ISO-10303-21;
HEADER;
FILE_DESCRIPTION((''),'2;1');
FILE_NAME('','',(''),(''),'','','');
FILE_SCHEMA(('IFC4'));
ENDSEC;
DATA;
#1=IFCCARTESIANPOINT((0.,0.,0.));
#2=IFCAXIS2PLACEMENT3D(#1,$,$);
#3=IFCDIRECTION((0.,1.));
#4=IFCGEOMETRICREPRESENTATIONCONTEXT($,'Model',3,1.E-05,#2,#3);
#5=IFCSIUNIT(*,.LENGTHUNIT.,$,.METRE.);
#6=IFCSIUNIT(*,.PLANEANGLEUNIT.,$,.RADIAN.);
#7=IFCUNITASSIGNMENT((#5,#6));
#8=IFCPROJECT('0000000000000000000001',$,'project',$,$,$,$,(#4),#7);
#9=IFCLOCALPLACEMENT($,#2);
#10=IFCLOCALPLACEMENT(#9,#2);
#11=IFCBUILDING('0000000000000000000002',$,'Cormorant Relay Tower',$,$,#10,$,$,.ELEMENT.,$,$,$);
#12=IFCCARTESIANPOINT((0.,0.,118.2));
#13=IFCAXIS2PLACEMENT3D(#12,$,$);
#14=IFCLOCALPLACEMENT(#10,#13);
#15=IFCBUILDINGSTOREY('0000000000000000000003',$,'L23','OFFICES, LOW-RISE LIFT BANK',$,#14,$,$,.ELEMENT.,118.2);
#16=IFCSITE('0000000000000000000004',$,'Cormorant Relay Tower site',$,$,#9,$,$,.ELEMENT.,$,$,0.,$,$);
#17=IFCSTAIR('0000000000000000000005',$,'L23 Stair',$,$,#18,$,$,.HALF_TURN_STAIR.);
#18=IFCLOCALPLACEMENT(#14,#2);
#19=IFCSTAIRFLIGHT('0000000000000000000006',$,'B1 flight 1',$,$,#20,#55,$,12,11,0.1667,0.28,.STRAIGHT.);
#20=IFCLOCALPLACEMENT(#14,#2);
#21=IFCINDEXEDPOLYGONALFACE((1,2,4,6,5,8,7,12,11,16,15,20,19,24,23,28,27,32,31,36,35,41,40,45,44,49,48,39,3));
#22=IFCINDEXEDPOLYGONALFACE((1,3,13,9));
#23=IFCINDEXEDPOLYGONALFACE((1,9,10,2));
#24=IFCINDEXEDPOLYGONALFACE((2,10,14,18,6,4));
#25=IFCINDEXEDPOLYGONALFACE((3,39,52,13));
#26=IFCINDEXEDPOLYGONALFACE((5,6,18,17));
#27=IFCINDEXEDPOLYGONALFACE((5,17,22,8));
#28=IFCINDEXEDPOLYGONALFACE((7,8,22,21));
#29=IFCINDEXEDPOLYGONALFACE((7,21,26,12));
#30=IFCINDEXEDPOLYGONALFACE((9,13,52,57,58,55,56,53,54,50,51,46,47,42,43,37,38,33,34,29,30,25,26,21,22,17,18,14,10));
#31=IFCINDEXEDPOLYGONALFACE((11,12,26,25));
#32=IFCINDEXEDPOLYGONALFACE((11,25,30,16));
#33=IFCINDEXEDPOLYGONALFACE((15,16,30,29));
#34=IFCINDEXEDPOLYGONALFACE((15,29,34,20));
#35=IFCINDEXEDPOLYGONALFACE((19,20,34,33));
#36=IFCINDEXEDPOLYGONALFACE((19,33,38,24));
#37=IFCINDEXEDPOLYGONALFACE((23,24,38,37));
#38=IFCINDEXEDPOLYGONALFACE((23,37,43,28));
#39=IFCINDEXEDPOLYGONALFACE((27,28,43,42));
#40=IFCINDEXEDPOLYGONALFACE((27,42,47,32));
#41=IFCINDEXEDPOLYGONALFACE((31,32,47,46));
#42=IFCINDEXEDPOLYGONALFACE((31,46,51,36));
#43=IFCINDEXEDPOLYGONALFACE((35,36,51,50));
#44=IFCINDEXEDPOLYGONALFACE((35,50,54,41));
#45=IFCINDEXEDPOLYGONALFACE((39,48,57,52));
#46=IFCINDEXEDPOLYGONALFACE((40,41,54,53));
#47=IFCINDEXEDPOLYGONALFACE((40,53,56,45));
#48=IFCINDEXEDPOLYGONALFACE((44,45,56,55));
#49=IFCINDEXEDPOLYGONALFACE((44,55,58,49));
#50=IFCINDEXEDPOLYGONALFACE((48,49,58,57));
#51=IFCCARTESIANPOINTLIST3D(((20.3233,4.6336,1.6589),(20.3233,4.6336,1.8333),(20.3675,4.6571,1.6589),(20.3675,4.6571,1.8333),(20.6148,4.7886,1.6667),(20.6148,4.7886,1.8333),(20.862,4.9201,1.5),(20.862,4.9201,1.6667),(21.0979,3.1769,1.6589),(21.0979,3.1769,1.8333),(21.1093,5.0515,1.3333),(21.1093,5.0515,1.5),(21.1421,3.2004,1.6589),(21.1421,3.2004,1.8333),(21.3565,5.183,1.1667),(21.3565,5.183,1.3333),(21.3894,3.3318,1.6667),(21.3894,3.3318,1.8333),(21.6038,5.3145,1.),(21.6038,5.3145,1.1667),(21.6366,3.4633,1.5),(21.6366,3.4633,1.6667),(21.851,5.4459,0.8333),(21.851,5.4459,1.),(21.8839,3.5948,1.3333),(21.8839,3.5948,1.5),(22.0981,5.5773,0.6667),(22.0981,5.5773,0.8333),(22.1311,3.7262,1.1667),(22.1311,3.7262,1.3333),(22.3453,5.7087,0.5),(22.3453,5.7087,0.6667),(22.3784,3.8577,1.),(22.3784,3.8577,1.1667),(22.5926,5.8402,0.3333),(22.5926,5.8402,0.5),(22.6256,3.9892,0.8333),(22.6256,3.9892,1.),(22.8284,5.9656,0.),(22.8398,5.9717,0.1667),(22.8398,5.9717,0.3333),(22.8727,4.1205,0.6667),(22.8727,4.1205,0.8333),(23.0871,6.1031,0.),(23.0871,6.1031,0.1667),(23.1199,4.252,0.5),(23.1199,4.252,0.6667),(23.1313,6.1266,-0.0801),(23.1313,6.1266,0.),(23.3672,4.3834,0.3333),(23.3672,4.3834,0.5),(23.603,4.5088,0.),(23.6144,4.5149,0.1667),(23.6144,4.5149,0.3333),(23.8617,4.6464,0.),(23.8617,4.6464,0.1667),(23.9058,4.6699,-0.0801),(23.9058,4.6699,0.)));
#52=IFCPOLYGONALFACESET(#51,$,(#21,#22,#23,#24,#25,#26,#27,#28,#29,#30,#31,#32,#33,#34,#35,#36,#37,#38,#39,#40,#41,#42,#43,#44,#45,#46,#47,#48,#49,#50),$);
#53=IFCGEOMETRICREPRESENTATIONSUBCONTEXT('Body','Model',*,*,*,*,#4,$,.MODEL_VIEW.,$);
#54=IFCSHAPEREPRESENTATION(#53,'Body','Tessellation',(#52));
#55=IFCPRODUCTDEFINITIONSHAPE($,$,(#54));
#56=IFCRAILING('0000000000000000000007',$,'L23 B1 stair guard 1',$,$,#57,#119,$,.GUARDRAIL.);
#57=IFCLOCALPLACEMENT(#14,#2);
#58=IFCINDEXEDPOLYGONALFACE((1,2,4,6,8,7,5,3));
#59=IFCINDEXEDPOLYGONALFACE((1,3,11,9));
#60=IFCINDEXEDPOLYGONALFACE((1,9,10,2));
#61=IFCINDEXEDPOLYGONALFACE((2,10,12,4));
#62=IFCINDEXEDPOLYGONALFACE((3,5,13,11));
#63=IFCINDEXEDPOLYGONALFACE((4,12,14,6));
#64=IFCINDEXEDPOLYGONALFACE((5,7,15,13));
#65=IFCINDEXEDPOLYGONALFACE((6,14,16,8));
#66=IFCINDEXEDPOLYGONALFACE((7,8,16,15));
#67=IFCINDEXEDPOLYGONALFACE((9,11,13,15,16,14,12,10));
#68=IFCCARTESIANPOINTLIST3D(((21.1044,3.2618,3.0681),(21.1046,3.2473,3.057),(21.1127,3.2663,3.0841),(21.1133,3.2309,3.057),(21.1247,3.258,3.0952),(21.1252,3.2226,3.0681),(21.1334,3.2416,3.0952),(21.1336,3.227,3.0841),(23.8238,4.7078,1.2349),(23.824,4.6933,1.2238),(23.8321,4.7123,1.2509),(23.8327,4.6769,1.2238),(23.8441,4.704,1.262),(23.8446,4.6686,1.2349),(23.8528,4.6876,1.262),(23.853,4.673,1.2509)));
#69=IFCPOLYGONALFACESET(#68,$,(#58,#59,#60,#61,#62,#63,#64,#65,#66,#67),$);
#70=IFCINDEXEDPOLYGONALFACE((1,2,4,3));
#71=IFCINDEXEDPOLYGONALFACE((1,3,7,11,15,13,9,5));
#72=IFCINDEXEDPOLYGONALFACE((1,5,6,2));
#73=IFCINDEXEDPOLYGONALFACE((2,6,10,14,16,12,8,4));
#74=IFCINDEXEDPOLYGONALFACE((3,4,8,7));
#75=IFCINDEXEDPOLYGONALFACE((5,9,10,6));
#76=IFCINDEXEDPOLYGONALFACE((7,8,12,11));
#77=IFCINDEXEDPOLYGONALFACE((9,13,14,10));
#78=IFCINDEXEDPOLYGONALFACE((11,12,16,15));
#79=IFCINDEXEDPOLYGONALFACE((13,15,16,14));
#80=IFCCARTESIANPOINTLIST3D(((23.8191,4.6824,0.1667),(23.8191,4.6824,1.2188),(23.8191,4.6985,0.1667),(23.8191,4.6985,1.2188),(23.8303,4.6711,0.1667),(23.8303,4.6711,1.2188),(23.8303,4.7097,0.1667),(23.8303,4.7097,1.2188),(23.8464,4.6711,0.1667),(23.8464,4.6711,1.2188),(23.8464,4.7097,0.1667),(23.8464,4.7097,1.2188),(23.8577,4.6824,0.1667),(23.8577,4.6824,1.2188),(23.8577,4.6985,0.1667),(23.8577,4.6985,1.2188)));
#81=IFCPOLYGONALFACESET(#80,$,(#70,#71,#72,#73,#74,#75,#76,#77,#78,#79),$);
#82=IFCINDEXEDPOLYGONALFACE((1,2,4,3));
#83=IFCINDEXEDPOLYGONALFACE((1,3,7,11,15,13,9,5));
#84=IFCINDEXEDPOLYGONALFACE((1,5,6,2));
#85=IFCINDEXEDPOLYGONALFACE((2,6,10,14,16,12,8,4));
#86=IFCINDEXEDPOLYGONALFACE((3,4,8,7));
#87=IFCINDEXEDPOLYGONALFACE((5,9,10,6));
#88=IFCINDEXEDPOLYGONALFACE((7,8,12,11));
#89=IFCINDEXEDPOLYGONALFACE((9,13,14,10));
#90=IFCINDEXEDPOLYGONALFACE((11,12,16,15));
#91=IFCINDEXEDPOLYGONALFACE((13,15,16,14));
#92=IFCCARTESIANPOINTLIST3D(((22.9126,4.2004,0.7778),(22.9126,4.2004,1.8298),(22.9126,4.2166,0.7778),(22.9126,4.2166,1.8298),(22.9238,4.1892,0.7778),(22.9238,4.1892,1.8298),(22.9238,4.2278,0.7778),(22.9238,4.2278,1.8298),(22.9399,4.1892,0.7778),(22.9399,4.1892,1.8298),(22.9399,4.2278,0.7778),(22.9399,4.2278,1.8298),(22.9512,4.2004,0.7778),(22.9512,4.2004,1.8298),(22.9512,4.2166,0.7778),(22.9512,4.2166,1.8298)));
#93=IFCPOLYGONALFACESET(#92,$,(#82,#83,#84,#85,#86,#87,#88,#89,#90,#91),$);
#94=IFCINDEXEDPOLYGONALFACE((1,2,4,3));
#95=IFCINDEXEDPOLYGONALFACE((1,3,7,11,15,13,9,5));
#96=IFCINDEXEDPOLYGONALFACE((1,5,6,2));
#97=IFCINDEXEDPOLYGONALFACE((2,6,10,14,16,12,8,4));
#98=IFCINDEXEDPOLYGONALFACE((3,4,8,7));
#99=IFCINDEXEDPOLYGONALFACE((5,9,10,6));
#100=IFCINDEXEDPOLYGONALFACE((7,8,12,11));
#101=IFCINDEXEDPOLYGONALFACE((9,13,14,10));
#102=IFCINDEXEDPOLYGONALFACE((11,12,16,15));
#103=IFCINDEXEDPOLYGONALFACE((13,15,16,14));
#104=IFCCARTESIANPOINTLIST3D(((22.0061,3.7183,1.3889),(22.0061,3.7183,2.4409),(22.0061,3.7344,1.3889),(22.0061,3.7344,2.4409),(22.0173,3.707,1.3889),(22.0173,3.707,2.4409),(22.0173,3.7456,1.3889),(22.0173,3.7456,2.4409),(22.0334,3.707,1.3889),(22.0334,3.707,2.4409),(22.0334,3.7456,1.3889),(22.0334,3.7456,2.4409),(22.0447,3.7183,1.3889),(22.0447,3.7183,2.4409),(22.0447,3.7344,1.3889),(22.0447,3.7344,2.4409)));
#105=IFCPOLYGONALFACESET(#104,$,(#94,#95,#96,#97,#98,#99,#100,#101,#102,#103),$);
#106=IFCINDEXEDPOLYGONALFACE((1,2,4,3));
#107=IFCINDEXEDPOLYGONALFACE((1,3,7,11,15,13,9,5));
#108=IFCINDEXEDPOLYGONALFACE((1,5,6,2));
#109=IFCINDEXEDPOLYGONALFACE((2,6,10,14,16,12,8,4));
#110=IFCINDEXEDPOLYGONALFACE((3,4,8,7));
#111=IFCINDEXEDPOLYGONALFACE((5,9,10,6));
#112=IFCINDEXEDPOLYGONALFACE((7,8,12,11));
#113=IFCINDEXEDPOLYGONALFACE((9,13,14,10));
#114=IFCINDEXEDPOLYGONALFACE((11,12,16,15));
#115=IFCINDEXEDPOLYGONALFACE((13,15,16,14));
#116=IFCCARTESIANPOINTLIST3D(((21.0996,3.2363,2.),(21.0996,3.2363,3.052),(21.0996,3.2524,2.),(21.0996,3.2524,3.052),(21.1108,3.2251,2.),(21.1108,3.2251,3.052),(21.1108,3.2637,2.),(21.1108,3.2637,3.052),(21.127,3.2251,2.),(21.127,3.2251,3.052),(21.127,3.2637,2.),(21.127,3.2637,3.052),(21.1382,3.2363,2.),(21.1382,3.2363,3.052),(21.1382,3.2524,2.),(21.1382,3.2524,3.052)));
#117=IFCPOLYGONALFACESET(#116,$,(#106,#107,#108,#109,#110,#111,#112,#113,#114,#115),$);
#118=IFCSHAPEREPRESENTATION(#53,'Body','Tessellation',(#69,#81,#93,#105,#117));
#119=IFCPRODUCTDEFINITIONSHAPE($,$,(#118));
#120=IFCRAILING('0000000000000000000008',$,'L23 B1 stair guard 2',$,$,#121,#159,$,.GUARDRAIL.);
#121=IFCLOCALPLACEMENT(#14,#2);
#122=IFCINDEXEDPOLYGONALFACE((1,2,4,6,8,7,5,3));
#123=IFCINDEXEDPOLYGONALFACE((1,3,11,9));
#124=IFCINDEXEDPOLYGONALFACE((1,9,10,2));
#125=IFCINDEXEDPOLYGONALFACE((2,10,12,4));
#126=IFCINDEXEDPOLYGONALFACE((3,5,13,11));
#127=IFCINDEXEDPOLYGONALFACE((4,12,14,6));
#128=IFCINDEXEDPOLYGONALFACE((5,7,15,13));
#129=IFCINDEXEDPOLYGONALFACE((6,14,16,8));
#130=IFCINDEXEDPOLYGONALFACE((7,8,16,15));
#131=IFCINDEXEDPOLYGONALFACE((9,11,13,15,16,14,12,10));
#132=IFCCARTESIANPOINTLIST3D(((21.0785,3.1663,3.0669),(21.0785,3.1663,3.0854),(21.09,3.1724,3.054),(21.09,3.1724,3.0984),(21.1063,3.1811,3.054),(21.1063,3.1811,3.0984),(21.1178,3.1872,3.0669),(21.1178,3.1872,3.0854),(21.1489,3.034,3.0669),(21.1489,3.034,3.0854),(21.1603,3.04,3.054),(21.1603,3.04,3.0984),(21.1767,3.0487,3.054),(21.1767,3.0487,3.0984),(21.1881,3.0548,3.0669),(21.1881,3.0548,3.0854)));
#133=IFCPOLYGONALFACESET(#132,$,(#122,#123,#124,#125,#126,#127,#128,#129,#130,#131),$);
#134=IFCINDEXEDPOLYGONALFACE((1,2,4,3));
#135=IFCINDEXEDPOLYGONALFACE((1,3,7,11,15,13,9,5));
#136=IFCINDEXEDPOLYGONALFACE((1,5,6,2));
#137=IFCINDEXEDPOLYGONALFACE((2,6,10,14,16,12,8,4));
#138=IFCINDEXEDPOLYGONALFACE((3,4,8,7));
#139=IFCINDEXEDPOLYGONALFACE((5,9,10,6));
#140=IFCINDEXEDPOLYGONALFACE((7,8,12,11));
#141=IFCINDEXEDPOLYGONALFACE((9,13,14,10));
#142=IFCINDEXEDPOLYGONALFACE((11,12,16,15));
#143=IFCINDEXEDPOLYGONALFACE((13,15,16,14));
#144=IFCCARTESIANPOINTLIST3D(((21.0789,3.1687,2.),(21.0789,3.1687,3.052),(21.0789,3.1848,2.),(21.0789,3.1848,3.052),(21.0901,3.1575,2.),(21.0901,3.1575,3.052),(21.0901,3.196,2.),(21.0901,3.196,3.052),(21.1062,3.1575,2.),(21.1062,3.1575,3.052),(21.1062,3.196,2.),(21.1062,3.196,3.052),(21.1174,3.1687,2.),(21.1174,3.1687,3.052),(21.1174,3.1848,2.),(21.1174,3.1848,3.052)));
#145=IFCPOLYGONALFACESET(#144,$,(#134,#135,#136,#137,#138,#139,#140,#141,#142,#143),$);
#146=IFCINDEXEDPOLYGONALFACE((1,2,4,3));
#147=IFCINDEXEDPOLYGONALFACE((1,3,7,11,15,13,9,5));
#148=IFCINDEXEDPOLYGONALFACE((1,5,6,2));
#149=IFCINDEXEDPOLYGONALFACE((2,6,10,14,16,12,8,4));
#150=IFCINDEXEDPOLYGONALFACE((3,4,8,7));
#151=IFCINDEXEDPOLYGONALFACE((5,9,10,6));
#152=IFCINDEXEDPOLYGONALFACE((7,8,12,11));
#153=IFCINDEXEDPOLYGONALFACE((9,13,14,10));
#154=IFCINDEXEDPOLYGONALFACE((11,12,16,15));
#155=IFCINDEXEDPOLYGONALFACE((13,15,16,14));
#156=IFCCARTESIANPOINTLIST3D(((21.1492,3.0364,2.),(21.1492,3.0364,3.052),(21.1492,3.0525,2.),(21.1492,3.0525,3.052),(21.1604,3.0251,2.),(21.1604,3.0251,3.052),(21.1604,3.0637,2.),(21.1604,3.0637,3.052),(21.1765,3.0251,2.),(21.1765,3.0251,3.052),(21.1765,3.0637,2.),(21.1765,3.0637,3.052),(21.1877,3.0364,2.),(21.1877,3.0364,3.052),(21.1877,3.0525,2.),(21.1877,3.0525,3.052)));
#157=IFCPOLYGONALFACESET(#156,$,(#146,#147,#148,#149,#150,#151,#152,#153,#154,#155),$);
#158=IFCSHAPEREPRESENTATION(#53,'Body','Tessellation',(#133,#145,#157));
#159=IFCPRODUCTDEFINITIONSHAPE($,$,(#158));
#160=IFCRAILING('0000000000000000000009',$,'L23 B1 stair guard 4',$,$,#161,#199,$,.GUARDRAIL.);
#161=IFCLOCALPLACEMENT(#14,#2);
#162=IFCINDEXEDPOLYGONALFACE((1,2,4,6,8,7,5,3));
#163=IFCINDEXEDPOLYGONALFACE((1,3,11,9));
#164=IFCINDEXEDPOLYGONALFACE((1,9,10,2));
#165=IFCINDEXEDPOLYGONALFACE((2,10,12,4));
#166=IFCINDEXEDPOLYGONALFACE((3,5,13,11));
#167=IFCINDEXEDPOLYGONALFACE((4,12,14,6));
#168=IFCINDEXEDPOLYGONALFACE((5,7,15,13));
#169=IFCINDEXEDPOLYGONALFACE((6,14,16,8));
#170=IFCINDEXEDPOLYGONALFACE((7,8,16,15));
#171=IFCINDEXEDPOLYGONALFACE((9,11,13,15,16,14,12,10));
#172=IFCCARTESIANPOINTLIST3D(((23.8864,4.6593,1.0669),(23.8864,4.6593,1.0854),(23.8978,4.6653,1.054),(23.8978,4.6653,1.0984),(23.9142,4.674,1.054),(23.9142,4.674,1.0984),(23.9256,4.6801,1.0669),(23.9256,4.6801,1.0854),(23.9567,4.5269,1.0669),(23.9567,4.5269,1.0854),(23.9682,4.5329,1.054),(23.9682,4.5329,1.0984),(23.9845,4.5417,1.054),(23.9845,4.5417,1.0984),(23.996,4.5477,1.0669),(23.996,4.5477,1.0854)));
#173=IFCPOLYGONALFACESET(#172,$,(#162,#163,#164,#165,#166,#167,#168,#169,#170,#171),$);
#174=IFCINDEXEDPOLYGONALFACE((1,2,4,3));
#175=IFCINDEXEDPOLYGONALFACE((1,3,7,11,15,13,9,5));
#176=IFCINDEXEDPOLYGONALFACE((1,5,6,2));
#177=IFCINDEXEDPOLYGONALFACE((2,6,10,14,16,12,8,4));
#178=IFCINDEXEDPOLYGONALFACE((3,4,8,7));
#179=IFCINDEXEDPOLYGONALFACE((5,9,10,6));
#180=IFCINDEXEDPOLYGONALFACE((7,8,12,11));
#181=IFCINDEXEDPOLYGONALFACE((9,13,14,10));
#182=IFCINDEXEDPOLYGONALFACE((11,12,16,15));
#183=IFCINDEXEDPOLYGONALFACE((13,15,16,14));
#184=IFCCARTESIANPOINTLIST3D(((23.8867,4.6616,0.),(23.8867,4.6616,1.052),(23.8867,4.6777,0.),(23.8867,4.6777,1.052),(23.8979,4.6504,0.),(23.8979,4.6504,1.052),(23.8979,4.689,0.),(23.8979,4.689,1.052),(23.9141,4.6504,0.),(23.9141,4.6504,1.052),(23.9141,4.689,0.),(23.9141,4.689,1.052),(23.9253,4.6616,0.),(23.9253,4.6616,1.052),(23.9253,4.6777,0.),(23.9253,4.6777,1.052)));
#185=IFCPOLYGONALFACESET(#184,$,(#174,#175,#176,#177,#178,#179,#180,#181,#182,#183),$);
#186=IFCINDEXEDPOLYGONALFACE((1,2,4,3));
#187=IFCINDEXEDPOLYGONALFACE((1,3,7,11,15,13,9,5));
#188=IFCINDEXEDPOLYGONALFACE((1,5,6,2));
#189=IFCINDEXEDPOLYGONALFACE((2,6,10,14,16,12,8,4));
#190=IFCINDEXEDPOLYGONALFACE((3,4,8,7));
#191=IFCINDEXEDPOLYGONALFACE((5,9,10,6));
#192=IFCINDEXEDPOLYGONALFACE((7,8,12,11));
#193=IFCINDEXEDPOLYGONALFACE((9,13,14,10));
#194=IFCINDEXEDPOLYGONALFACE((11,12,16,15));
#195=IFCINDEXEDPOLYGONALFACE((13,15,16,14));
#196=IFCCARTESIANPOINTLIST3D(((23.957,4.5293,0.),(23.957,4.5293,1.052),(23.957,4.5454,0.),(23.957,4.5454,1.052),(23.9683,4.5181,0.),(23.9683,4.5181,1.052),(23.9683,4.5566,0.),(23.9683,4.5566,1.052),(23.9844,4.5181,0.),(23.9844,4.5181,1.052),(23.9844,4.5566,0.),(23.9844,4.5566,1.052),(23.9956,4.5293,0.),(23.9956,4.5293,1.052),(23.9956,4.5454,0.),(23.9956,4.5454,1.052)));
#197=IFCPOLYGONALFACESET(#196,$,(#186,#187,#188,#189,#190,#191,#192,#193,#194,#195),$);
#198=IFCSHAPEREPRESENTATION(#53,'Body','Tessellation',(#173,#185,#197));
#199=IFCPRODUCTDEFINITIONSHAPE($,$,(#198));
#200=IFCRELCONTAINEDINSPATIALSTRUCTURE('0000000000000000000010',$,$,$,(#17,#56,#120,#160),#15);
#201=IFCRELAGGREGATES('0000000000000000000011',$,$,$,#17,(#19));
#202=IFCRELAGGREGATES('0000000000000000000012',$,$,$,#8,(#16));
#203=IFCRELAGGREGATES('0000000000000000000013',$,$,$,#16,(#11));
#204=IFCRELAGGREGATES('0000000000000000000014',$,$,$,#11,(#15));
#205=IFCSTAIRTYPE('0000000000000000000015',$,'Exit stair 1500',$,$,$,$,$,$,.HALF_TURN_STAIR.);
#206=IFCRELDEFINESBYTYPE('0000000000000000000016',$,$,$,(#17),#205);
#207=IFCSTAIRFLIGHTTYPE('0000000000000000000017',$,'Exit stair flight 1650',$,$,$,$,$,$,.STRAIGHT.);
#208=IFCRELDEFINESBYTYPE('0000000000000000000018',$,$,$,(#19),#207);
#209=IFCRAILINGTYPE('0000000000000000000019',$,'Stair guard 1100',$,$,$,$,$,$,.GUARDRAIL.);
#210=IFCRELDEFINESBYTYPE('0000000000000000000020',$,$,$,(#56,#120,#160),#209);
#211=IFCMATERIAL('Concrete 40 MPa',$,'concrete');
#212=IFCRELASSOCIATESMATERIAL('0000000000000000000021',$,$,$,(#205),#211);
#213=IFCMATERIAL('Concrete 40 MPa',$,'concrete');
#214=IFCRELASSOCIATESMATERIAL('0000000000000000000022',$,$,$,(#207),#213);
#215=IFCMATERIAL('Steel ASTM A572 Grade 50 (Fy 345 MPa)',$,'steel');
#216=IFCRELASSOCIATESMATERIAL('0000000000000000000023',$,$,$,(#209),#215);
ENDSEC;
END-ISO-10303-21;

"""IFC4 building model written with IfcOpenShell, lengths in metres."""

from ifc_helpers import new_model, si_unit, direction, frame, origin, place, context, subcontext, project, spatial, polyline, outline, extrude, material, type_object, element, aggregate, save


model = new_model("IFC4")

# Units and contexts
model_context = context("Model", 3, precision=1e-05, world=origin(), true_north=direction((0.0, 1.0)))
body_context = subcontext(model_context, "Body", "Model", "MODEL_VIEW")
ifc_project = project(units=[si_unit("LENGTHUNIT", "METRE"), si_unit("PLANEANGLEUNIT", "RADIAN")], contexts=[model_context])

# Site, building, storey
site_placement = place(None, origin())
site = spatial("IfcSite", under=ifc_project, at=site_placement, Name="Cormorant Relay Tower site", CompositionType="ELEMENT", RefElevation=0.0)
building_placement = place(site_placement, origin())
building = spatial("IfcBuilding", under=site, at=building_placement, Name="Cormorant Relay Tower", CompositionType="ELEMENT")
storey_placement = place(building_placement, frame((0.0, 0.0, 118.2)))
storey = spatial("IfcBuildingStorey", under=building, at=storey_placement, Name="L23", Description="OFFICES, LOW-RISE LIFT BANK", CompositionType="ELEMENT", Elevation=118.2)

# Stair, stair flight
ifc_material_1 = material(Name="Concrete 40 MPa", Category="concrete")
stair_type = type_object("IfcStairType", Name="Exit stair 1500", PredefinedType="HALF_TURN_STAIR", material=ifc_material_1)
stair_placement = place(storey_placement, origin())
stair = element("IfcStair", 1, at=stair_placement, inside=storey, type_object=stair_type, Name="L23 Stair", PredefinedType="HALF_TURN_STAIR")
ifc_material_2 = material(Name="Concrete 40 MPa", Category="concrete")
stair_flight_type = type_object("IfcStairFlightType", Name="Exit stair flight 1650", PredefinedType="STRAIGHT", material=ifc_material_2)
stair_flight_placement = place(storey_placement, frame((23.4744, 5.3748, 0.0), z_axis=(0.0, 0.0, 1.0), x_axis=(-0.882948, -0.469472, 0.0)))
stair_flight = element("IfcStairFlight", 2, at=stair_flight_placement, type_object=stair_flight_type, Name="B1 flight 1", NumberOfRisers=12, NumberOfTreads=11, PredefinedType="STRAIGHT", RiserHeight=0.1667, TreadLength=0.28, context=body_context, shape_type="SweptSolid", body=[
    extrude(outline(polyline([(-0.05, -0.0801), (-0.05, 0.0), (0.0, 0.0), (0.0, 0.1667), (0.28, 0.1667), (0.28, 0.3333), (0.5601, 0.3333), (0.5601, 0.5), (0.8401, 0.5), (0.8401, 0.6667), (1.1201, 0.6667), (1.1201, 0.8333), (1.3999, 0.8333), (1.3999, 1.0), (1.6799, 1.0), (1.6799, 1.1667), (1.96, 1.1667), (1.96, 1.3333), (2.24, 1.3333), (2.24, 1.5), (2.52, 1.5), (2.52, 1.6667), (2.8, 1.6667), (2.8, 1.8333), (3.0801, 1.8333), (3.1301, 1.8333), (3.1301, 1.6589), (3.0801, 1.6589), (0.293, 0.0), (-0.05, -0.0801)])), frame((0.0, 0.825, 0.0), z_axis=(0.0, -1.0, 0.0), x_axis=(1.0, 0.0, 0.0)), (0.0, 0.0, 1.0), 1.6499),
])
aggregate(stair, [stair_flight])

# Railings
ifc_material_3 = material(Name="Steel ASTM A572 Grade 50 (Fy 345 MPa)", Category="steel")
railing_type_1 = type_object("IfcRailingType", Name="Stair guard 1100", PredefinedType="GUARDRAIL", material=ifc_material_3)
railing_1_placement = place(storey_placement, frame((23.8384, 4.6904, 0.1667)))
element("IfcRailing", 3, at=railing_1_placement, inside=storey, type_object=railing_type_1, Name="L23 B1 stair guard 1", PredefinedType="GUARDRAIL", context=body_context, shape_type="SweptSolid", body=[
    extrude(outline(polyline([(0.0222, 0.0093), (0.0093, 0.0222), (-0.0093, 0.0222), (-0.0222, 0.0093), (-0.0222, -0.0093), (-0.0093, -0.0222), (0.0093, -0.0222), (0.0222, -0.0093), (0.0222, 0.0093)])), frame((0.0, 0.0, 1.0762), z_axis=(-0.758714, -0.403435, 0.511463), x_axis=(0.469489, -0.882938, 0.0)), (0.0, 0.0, 1.0), 3.5842),
    extrude(outline(polyline([(0.0193, 0.0081), (0.0081, 0.0193), (-0.0081, 0.0193), (-0.0193, 0.0081), (-0.0193, -0.0081), (-0.0081, -0.0193), (0.0081, -0.0193), (0.0193, -0.0081), (0.0193, 0.0081)])), origin(), (0.0, 0.0, 1.0), 1.052),
    extrude(outline(polyline([(0.0193, 0.0081), (0.0081, 0.0193), (-0.0081, 0.0193), (-0.0193, 0.0081), (-0.0193, -0.0081), (-0.0081, -0.0193), (0.0081, -0.0193), (0.0193, -0.0081), (0.0193, 0.0081)])), frame((-0.9065, -0.4819, 0.6111)), (0.0, 0.0, 1.0), 1.052),
    extrude(outline(polyline([(0.0193, 0.0081), (0.0081, 0.0193), (-0.0081, 0.0193), (-0.0193, 0.0081), (-0.0193, -0.0081), (-0.0081, -0.0193), (0.0081, -0.0193), (0.0193, -0.0081), (0.0193, 0.0081)])), frame((-1.813, -0.9641, 1.2222)), (0.0, 0.0, 1.0), 1.052),
    extrude(outline(polyline([(0.0193, 0.0081), (0.0081, 0.0193), (-0.0081, 0.0193), (-0.0193, 0.0081), (-0.0193, -0.0081), (-0.0081, -0.0193), (0.0081, -0.0193), (0.0193, -0.0081), (0.0193, 0.0081)])), frame((-2.7195, -1.446, 1.8333)), (0.0, 0.0, 1.0), 1.052),
])
for number, where, name in (
    (4, (21.0981, 3.1768, 2.0), "L23 B1 stair guard 2"),
    (5, (23.906, 4.6697, 0.0), "L23 B1 stair guard 4"),
):
    element("IfcRailing", number, at=place(storey_placement, frame(where)), inside=storey, type_object=railing_type_1, Name=name, PredefinedType="GUARDRAIL", context=body_context, shape_type="SweptSolid", body=[
        extrude(outline(polyline([(0.0222, 0.0093), (0.0093, 0.0222), (-0.0093, 0.0222), (-0.0222, 0.0093), (-0.0222, -0.0093), (-0.0093, -0.0222), (0.0093, -0.0222), (0.0222, -0.0093), (0.0222, 0.0093)])), frame((0.0, 0.0, 1.0762), z_axis=(0.469235, -0.883074, 0.0), x_axis=(0.883074, 0.469235, 0.0)), (0.0, 0.0, 1.0), 0.1499),
        extrude(outline(polyline([(0.0193, 0.0081), (0.0081, 0.0193), (-0.0081, 0.0193), (-0.0193, 0.0081), (-0.0193, -0.0081), (-0.0081, -0.0193), (0.0081, -0.0193), (0.0193, -0.0081), (0.0193, 0.0081)])), origin(), (0.0, 0.0, 1.0), 1.052),
        extrude(outline(polyline([(0.0193, 0.0081), (0.0081, 0.0193), (-0.0081, 0.0193), (-0.0193, 0.0081), (-0.0193, -0.0081), (-0.0081, -0.0193), (0.0081, -0.0193), (0.0193, -0.0081), (0.0193, 0.0081)])), frame((0.0703, -0.1323, 0.0)), (0.0, 0.0, 1.0), 1.052),
    ])

save(model, "model.ifc")
